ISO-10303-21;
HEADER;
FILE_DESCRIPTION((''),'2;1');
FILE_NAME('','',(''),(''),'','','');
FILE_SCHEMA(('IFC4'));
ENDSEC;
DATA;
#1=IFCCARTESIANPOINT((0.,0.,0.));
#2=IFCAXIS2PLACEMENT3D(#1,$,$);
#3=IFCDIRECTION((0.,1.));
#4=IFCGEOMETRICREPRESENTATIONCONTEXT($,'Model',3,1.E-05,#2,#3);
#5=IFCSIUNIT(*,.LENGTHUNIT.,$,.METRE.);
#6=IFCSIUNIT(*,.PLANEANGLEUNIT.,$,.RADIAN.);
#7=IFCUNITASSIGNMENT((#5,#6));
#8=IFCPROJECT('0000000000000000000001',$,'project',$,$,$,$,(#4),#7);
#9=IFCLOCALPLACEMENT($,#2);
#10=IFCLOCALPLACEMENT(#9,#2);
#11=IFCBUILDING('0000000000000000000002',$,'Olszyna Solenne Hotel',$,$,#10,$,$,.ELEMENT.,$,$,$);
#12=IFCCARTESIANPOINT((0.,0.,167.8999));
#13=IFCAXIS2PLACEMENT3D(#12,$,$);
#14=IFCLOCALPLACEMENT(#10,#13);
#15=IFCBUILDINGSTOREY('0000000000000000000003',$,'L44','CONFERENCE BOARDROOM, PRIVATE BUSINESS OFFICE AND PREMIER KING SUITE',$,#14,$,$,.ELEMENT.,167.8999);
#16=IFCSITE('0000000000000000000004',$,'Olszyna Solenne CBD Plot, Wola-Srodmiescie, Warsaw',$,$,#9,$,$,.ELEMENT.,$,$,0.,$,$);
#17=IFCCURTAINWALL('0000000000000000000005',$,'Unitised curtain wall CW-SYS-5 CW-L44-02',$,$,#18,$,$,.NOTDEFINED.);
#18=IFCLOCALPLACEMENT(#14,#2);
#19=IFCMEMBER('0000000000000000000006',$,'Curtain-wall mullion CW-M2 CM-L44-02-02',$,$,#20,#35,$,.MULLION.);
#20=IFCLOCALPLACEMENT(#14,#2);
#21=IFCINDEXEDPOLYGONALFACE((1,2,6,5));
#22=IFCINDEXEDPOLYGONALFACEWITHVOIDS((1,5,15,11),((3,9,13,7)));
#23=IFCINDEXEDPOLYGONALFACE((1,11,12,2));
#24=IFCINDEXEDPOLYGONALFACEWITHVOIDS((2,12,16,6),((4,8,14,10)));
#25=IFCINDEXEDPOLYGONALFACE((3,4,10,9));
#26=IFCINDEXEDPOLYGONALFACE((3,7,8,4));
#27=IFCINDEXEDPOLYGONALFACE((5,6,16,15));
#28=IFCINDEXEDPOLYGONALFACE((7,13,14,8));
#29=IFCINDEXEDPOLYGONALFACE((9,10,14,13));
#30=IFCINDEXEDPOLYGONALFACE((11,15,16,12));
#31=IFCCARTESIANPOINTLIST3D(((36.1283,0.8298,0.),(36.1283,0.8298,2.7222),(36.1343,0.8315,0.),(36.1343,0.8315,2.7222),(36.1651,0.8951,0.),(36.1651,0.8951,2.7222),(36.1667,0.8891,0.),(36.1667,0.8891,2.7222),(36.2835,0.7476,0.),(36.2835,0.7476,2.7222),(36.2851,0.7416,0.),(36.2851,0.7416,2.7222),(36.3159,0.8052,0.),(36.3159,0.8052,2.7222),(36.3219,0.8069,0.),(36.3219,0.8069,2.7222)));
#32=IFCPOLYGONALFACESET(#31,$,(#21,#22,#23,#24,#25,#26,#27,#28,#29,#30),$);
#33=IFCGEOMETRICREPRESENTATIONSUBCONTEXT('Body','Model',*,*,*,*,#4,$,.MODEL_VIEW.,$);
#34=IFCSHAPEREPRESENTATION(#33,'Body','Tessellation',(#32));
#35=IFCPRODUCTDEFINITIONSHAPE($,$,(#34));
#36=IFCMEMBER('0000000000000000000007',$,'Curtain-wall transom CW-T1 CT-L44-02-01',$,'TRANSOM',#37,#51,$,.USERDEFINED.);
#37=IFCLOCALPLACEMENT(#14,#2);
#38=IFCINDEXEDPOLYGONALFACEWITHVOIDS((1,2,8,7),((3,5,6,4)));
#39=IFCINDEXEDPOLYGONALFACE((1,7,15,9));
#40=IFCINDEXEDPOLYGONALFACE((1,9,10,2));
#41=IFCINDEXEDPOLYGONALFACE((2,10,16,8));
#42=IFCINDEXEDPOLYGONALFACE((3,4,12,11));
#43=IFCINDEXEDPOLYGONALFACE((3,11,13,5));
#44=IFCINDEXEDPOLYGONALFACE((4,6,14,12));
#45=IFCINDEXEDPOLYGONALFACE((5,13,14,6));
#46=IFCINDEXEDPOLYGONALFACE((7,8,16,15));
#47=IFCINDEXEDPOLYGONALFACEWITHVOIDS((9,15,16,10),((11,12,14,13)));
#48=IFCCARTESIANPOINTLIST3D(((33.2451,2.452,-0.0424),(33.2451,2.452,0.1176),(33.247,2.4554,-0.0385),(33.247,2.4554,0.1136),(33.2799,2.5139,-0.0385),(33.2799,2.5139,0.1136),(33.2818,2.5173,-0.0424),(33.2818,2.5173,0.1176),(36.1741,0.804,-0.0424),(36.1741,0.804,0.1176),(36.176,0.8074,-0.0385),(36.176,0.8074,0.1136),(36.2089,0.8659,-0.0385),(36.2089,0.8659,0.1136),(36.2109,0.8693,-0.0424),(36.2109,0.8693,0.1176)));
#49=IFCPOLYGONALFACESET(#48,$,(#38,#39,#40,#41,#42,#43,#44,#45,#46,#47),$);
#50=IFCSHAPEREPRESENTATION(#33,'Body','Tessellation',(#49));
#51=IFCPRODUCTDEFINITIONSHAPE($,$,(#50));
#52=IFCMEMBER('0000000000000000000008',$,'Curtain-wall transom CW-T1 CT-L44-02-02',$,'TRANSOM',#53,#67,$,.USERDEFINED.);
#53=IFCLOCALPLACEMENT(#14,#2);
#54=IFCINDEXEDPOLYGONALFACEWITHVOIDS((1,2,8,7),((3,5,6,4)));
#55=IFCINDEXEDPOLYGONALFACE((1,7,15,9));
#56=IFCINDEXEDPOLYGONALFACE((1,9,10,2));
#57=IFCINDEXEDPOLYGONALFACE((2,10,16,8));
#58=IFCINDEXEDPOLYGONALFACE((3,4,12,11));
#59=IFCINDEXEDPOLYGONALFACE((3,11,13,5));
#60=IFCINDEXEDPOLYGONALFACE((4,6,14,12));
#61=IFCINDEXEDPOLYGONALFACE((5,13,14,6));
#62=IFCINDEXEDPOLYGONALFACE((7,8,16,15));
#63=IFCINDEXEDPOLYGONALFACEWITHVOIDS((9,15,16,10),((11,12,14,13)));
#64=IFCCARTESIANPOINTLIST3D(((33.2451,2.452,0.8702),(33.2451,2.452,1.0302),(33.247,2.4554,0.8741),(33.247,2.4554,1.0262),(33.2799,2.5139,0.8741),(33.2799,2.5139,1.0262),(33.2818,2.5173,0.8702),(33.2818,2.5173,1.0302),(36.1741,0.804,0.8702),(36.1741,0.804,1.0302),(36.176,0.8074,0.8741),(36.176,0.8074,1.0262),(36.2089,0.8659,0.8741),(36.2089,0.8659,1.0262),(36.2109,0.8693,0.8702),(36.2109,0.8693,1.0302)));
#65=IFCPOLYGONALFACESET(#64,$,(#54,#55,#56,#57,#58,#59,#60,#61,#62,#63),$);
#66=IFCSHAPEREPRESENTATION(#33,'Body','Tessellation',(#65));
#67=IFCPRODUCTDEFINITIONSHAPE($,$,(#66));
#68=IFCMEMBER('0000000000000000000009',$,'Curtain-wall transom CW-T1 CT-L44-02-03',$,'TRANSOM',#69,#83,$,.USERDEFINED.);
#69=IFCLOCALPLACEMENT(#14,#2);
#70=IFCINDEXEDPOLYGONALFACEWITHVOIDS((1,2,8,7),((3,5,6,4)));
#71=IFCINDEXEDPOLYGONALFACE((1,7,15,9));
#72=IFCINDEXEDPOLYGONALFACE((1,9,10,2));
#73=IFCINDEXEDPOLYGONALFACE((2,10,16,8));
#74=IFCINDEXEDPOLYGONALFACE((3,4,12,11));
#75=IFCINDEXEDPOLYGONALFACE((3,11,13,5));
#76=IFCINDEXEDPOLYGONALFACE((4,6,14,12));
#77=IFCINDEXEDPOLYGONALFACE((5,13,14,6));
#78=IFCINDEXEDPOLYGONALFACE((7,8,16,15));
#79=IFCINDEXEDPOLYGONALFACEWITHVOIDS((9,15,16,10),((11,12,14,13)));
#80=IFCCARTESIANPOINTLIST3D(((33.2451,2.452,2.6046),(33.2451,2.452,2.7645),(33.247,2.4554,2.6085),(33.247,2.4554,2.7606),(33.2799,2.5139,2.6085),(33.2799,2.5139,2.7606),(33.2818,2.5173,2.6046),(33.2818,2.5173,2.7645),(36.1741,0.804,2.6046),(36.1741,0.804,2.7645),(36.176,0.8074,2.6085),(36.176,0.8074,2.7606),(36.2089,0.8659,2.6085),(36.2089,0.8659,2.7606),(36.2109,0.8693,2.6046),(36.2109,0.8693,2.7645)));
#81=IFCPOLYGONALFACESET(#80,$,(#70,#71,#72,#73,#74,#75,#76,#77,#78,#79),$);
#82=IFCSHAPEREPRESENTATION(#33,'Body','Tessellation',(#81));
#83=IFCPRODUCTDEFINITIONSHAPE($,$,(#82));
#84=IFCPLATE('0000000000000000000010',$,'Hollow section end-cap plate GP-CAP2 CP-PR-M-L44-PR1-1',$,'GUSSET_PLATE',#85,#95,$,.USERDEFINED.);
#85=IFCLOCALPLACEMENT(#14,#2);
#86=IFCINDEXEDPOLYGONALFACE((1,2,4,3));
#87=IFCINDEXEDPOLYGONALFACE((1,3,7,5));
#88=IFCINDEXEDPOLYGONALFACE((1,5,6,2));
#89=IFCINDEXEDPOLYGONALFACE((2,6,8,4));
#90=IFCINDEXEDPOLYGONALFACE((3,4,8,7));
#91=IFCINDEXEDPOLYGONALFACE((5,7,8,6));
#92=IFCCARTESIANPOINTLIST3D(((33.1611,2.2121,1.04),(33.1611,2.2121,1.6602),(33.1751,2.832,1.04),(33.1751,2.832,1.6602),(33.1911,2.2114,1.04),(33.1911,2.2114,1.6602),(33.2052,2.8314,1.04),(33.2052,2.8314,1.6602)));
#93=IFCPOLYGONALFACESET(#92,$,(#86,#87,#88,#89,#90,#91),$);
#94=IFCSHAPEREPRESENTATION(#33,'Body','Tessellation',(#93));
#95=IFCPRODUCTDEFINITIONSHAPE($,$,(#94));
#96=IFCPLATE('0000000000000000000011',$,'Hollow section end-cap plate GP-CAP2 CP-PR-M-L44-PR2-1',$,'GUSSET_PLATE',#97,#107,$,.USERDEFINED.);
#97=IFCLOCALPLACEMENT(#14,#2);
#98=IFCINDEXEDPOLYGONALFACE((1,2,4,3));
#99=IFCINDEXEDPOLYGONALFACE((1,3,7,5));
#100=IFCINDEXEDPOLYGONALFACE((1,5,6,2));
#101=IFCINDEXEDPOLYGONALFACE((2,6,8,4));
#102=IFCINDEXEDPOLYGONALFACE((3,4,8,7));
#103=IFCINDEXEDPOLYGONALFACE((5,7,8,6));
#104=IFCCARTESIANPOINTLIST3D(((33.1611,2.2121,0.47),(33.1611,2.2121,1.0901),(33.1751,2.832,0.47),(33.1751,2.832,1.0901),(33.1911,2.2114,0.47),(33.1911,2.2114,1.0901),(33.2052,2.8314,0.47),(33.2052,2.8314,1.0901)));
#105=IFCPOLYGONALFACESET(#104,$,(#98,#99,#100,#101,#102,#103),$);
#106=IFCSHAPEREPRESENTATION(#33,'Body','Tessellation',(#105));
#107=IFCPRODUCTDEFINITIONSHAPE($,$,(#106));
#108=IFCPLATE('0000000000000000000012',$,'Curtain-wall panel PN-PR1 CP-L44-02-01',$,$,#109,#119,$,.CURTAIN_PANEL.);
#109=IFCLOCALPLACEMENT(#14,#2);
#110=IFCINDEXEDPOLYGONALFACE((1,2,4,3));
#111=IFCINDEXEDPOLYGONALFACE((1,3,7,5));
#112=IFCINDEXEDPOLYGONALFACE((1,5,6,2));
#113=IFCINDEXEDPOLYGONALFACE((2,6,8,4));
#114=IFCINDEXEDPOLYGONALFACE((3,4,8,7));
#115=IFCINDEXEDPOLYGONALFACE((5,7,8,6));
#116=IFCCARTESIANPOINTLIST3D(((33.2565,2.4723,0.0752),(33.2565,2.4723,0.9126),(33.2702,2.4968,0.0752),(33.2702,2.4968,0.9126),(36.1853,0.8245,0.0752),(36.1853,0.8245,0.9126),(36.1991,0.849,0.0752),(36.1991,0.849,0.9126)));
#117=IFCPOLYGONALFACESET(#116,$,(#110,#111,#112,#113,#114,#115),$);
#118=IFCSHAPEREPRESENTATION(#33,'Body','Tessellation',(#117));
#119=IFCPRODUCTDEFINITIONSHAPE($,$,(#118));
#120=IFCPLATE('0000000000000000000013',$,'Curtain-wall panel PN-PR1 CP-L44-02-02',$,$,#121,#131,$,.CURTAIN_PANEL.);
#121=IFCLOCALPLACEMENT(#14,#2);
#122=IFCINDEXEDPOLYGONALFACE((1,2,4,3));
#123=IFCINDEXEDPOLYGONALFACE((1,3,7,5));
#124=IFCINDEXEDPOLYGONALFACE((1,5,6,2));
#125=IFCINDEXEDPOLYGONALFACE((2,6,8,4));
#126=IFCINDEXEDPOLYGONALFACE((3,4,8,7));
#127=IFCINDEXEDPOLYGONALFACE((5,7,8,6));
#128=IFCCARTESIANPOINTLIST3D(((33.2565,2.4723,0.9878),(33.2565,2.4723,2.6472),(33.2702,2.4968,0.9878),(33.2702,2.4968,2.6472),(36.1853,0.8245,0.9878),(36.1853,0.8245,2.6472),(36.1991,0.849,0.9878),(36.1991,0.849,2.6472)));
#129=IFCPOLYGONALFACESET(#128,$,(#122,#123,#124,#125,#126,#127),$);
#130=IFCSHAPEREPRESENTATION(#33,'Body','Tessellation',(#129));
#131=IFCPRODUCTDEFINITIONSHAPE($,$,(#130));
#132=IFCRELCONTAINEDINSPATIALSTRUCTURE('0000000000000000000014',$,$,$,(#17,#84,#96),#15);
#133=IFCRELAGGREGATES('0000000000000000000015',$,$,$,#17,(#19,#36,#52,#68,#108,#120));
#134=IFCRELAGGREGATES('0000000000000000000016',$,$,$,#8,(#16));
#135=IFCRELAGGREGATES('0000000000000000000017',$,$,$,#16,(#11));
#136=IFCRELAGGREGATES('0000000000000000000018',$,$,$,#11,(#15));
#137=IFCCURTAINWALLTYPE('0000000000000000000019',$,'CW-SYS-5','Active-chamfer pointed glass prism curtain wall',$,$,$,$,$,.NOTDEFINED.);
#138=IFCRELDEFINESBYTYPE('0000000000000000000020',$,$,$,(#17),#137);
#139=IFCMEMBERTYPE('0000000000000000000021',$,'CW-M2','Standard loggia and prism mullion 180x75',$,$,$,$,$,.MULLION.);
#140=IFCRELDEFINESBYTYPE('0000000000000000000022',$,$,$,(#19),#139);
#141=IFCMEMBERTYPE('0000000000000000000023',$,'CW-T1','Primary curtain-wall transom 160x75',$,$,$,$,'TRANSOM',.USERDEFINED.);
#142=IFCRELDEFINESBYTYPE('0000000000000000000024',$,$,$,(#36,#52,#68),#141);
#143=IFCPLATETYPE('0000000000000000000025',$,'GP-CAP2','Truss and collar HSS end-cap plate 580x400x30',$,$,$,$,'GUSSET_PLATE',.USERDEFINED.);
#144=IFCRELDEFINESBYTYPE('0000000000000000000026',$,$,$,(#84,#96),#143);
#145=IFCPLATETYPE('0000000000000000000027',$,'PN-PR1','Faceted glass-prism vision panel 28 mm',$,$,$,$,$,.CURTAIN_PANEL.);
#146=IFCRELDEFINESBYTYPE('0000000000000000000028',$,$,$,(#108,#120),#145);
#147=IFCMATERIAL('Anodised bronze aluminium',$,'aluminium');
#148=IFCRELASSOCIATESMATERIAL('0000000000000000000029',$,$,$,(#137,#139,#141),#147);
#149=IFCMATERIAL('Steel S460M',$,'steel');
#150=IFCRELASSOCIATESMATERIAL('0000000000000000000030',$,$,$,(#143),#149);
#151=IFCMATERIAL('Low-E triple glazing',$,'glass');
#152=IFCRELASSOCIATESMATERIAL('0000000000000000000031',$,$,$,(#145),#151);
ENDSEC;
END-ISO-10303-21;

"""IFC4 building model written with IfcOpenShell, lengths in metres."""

from ifc_helpers import new_model, si_unit, direction, frame, origin, origin_2d, place, context, subcontext, project, spatial, rectangle, hollow_rectangle, extrude, source, transform, mapped, material, material_profile, profile_set, type_object, element, aggregate, save


model = new_model("IFC4")

# Units and contexts
model_context = context("Model", 3, precision=1e-05, world=origin(), true_north=direction((0.0, 1.0)))
body_context = subcontext(model_context, "Body", "Model", "MODEL_VIEW")
ifc_project = project(units=[si_unit("LENGTHUNIT", "METRE"), si_unit("PLANEANGLEUNIT", "RADIAN")], contexts=[model_context])

# Site, building, storey
site_placement = place(None, origin())
site = spatial("IfcSite", under=ifc_project, at=site_placement, Name="Olszyna Solenne CBD Plot, Wola-Srodmiescie, Warsaw", CompositionType="ELEMENT", RefElevation=0.0)
building_placement = place(site_placement, origin())
building = spatial("IfcBuilding", under=site, at=building_placement, Name="Olszyna Solenne Hotel", CompositionType="ELEMENT")
storey_placement = place(building_placement, frame((0.0, 0.0, 167.8999)))
storey = spatial("IfcBuildingStorey", under=building, at=storey_placement, Name="L44", Description="CONFERENCE BOARDROOM, PRIVATE BUSINESS OFFICE AND PREMIER KING SUITE", CompositionType="ELEMENT", Elevation=167.8999)

# Shared definitions
ifc_material_1 = material(Name="Steel S460M", Category="steel")

# Curtain wall, members
ifc_material_2 = material(Name="Anodised bronze aluminium", Category="aluminium")
curtain_wall_type = type_object("IfcCurtainWallType", Name="CW-SYS-5", Description="Active-chamfer pointed glass prism curtain wall", PredefinedType="NOTDEFINED", material=ifc_material_2)
curtain_wall_placement = place(storey_placement, origin())
curtain_wall = element("IfcCurtainWall", 1, at=curtain_wall_placement, inside=storey, type_object=curtain_wall_type, Name="Unitised curtain wall CW-SYS-5 CW-L44-02", PredefinedType="NOTDEFINED")
ifc_material_profile_1 = material_profile(ifc_material_2, hollow_rectangle(XDim=0.075, YDim=0.1799, WallThickness=0.0044, at=origin_2d()), Name="MULL 180x75x4.5", Category="load-bearing")
ifc_profile_set_1 = profile_set([ifc_material_profile_1], Name="Anodised bronze aluminium")
member_type_1 = type_object("IfcMemberType", Name="CW-M2", Description="Standard loggia and prism mullion 180x75", PredefinedType="MULLION", material=ifc_profile_set_1)
shared_shape_1 = source(origin(), body_context, "Body", "SweptSolid", [
    extrude(hollow_rectangle(XDim=0.075, YDim=0.1799, WallThickness=0.0044, at=origin_2d()), origin(), (0.0, 0.0, 1.0), 2.7222),
])
member_1_placement = place(storey_placement, frame((36.2251, 0.8184, 0.0), z_axis=(0.0, 0.0, 1.0), x_axis=(0.49033, 0.871537, 0.0)))
member_1 = element("IfcMember", 2, at=member_1_placement, type_object=member_type_1, Name="Curtain-wall mullion CW-M2 CM-L44-02-02", PredefinedType="MULLION", context=body_context, shape_type="MappedRepresentation", body=[
    mapped(shared_shape_1, transform((0.0, 0.0, 0.0), x_axis=(1.0, 0.0, 0.0), y_axis=(0.0, 1.0, 0.0), z_axis=(0.0, 0.0, 1.0), scale=1.0)),
])
ifc_material_profile_2 = material_profile(ifc_material_2, hollow_rectangle(XDim=0.075, YDim=0.1599, WallThickness=0.0039, at=origin_2d()), Name="TRAN 160x75x4", Category="load-bearing")
ifc_profile_set_2 = profile_set([ifc_material_profile_2], Name="Anodised bronze aluminium")
member_type_2 = type_object("IfcMemberType", Name="CW-T1", Description="Primary curtain-wall transom 160x75", ElementType="TRANSOM", PredefinedType="USERDEFINED", material=ifc_profile_set_2)
shared_shape_2 = source(origin(), body_context, "Body", "SweptSolid", [
    extrude(hollow_rectangle(XDim=0.075, YDim=0.1599, WallThickness=0.0039, at=origin_2d()), origin(), (0.0, 0.0, 1.0), 3.3608),
])
member_2_placement = place(storey_placement, frame((33.2634, 2.4846, 0.0376), z_axis=(0.871523, -0.490354, 0.0), x_axis=(0.490354, 0.871523, 0.0)))
member_2 = element("IfcMember", 3, at=member_2_placement, type_object=member_type_2, Name="Curtain-wall transom CW-T1 CT-L44-02-01", ObjectType="TRANSOM", PredefinedType="USERDEFINED", context=body_context, shape_type="MappedRepresentation", body=[
    mapped(shared_shape_2, transform((0.0, 0.0, 0.0), x_axis=(1.0, 0.0, 0.0), y_axis=(0.0, 1.0, 0.0), z_axis=(0.0, 0.0, 1.0), scale=1.0)),
])
member_3_placement = place(storey_placement, frame((33.2634, 2.4846, 0.9502), z_axis=(0.871523, -0.490354, 0.0), x_axis=(0.490354, 0.871523, 0.0)))
member_3 = element("IfcMember", 4, at=member_3_placement, type_object=member_type_2, Name="Curtain-wall transom CW-T1 CT-L44-02-02", ObjectType="TRANSOM", PredefinedType="USERDEFINED", context=body_context, shape_type="MappedRepresentation", body=[
    mapped(shared_shape_2, transform((0.0, 0.0, 0.0), x_axis=(1.0, 0.0, 0.0), y_axis=(0.0, 1.0, 0.0), z_axis=(0.0, 0.0, 1.0), scale=1.0)),
])
member_4_placement = place(storey_placement, frame((33.2634, 2.4846, 2.6846), z_axis=(0.871523, -0.490354, 0.0), x_axis=(0.490354, 0.871523, 0.0)))
member_4 = element("IfcMember", 5, at=member_4_placement, type_object=member_type_2, Name="Curtain-wall transom CW-T1 CT-L44-02-03", ObjectType="TRANSOM", PredefinedType="USERDEFINED", context=body_context, shape_type="MappedRepresentation", body=[
    mapped(shared_shape_2, transform((0.0, 0.0, 0.0), x_axis=(1.0, 0.0, 0.0), y_axis=(0.0, 1.0, 0.0), z_axis=(0.0, 0.0, 1.0), scale=1.0)),
])

# Plates
plate_type_1 = type_object("IfcPlateType", Name="GP-CAP2", Description="Truss and collar HSS end-cap plate 580x400x30", ElementType="GUSSET_PLATE", PredefinedType="USERDEFINED", material=ifc_material_1)
shared_shape_3 = source(origin(), body_context, "Body", "SweptSolid", [
    extrude(rectangle(XDim=0.03, YDim=0.6201, at=origin_2d()), origin(), (0.0, 0.0, 1.0), 0.6201),
])
for number, where, z_axis, x_axis, name in (
    (6, (33.1831, 2.5217, 1.04), (0.0, 0.0, 1.0), (0.999743, -0.022687, 0.0), "Hollow section end-cap plate GP-CAP2 CP-PR-M-L44-PR1-1"),
    (7, (33.1831, 2.5217, 0.47), (0.0, 0.0, 1.0), (0.999743, -0.022687, 0.0), "Hollow section end-cap plate GP-CAP2 CP-PR-M-L44-PR2-1"),
):
    element("IfcPlate", number, at=place(storey_placement, frame(where, z_axis=z_axis, x_axis=x_axis)), inside=storey, type_object=plate_type_1, Name=name, ObjectType="GUSSET_PLATE", PredefinedType="USERDEFINED", context=body_context, shape_type="MappedRepresentation", body=[
        mapped(shared_shape_3, transform((0.0, 0.0, 0.0), x_axis=(1.0, 0.0, 0.0), y_axis=(0.0, 1.0, 0.0), z_axis=(0.0, 0.0, 1.0), scale=1.0)),
    ])

# Plates
ifc_material_3 = material(Name="Low-E triple glazing", Category="glass")
plate_type_2 = type_object("IfcPlateType", Name="PN-PR1", Description="Faceted glass-prism vision panel 28 mm", PredefinedType="CURTAIN_PANEL", material=ifc_material_3)
shared_shape_4 = source(origin(), body_context, "Body", "SweptSolid", [
    extrude(rectangle(XDim=3.3606, YDim=0.0281, at=origin_2d()), origin(), (0.0, 0.0, 1.0), 0.8374),
])
plate_1_placement = place(storey_placement, frame((34.7278, 1.6606, 0.0752), z_axis=(0.0, 0.0, 1.0), x_axis=(0.871537, -0.49033, 0.0)))
plate_1 = element("IfcPlate", 8, at=plate_1_placement, type_object=plate_type_2, Name="Curtain-wall panel PN-PR1 CP-L44-02-01", PredefinedType="CURTAIN_PANEL", context=body_context, shape_type="MappedRepresentation", body=[
    mapped(shared_shape_4, transform((0.0, 0.0, 0.0), x_axis=(1.0, 0.0, 0.0), y_axis=(0.0, 1.0, 0.0), z_axis=(0.0, 0.0, 1.0), scale=1.0)),
])
shared_shape_5 = source(origin(), body_context, "Body", "SweptSolid", [
    extrude(rectangle(XDim=3.3606, YDim=0.0281, at=origin_2d()), origin(), (0.0, 0.0, 1.0), 1.6594),
])
plate_2_placement = place(storey_placement, frame((34.7278, 1.6606, 0.9878), z_axis=(0.0, 0.0, 1.0), x_axis=(0.871537, -0.49033, 0.0)))
plate_2 = element("IfcPlate", 9, at=plate_2_placement, type_object=plate_type_2, Name="Curtain-wall panel PN-PR1 CP-L44-02-02", PredefinedType="CURTAIN_PANEL", context=body_context, shape_type="MappedRepresentation", body=[
    mapped(shared_shape_5, transform((0.0, 0.0, 0.0), x_axis=(1.0, 0.0, 0.0), y_axis=(0.0, 1.0, 0.0), z_axis=(0.0, 0.0, 1.0), scale=1.0)),
])
aggregate(curtain_wall, [member_1, member_2, member_3, member_4, plate_1, plate_2])

save(model, "model.ifc")
